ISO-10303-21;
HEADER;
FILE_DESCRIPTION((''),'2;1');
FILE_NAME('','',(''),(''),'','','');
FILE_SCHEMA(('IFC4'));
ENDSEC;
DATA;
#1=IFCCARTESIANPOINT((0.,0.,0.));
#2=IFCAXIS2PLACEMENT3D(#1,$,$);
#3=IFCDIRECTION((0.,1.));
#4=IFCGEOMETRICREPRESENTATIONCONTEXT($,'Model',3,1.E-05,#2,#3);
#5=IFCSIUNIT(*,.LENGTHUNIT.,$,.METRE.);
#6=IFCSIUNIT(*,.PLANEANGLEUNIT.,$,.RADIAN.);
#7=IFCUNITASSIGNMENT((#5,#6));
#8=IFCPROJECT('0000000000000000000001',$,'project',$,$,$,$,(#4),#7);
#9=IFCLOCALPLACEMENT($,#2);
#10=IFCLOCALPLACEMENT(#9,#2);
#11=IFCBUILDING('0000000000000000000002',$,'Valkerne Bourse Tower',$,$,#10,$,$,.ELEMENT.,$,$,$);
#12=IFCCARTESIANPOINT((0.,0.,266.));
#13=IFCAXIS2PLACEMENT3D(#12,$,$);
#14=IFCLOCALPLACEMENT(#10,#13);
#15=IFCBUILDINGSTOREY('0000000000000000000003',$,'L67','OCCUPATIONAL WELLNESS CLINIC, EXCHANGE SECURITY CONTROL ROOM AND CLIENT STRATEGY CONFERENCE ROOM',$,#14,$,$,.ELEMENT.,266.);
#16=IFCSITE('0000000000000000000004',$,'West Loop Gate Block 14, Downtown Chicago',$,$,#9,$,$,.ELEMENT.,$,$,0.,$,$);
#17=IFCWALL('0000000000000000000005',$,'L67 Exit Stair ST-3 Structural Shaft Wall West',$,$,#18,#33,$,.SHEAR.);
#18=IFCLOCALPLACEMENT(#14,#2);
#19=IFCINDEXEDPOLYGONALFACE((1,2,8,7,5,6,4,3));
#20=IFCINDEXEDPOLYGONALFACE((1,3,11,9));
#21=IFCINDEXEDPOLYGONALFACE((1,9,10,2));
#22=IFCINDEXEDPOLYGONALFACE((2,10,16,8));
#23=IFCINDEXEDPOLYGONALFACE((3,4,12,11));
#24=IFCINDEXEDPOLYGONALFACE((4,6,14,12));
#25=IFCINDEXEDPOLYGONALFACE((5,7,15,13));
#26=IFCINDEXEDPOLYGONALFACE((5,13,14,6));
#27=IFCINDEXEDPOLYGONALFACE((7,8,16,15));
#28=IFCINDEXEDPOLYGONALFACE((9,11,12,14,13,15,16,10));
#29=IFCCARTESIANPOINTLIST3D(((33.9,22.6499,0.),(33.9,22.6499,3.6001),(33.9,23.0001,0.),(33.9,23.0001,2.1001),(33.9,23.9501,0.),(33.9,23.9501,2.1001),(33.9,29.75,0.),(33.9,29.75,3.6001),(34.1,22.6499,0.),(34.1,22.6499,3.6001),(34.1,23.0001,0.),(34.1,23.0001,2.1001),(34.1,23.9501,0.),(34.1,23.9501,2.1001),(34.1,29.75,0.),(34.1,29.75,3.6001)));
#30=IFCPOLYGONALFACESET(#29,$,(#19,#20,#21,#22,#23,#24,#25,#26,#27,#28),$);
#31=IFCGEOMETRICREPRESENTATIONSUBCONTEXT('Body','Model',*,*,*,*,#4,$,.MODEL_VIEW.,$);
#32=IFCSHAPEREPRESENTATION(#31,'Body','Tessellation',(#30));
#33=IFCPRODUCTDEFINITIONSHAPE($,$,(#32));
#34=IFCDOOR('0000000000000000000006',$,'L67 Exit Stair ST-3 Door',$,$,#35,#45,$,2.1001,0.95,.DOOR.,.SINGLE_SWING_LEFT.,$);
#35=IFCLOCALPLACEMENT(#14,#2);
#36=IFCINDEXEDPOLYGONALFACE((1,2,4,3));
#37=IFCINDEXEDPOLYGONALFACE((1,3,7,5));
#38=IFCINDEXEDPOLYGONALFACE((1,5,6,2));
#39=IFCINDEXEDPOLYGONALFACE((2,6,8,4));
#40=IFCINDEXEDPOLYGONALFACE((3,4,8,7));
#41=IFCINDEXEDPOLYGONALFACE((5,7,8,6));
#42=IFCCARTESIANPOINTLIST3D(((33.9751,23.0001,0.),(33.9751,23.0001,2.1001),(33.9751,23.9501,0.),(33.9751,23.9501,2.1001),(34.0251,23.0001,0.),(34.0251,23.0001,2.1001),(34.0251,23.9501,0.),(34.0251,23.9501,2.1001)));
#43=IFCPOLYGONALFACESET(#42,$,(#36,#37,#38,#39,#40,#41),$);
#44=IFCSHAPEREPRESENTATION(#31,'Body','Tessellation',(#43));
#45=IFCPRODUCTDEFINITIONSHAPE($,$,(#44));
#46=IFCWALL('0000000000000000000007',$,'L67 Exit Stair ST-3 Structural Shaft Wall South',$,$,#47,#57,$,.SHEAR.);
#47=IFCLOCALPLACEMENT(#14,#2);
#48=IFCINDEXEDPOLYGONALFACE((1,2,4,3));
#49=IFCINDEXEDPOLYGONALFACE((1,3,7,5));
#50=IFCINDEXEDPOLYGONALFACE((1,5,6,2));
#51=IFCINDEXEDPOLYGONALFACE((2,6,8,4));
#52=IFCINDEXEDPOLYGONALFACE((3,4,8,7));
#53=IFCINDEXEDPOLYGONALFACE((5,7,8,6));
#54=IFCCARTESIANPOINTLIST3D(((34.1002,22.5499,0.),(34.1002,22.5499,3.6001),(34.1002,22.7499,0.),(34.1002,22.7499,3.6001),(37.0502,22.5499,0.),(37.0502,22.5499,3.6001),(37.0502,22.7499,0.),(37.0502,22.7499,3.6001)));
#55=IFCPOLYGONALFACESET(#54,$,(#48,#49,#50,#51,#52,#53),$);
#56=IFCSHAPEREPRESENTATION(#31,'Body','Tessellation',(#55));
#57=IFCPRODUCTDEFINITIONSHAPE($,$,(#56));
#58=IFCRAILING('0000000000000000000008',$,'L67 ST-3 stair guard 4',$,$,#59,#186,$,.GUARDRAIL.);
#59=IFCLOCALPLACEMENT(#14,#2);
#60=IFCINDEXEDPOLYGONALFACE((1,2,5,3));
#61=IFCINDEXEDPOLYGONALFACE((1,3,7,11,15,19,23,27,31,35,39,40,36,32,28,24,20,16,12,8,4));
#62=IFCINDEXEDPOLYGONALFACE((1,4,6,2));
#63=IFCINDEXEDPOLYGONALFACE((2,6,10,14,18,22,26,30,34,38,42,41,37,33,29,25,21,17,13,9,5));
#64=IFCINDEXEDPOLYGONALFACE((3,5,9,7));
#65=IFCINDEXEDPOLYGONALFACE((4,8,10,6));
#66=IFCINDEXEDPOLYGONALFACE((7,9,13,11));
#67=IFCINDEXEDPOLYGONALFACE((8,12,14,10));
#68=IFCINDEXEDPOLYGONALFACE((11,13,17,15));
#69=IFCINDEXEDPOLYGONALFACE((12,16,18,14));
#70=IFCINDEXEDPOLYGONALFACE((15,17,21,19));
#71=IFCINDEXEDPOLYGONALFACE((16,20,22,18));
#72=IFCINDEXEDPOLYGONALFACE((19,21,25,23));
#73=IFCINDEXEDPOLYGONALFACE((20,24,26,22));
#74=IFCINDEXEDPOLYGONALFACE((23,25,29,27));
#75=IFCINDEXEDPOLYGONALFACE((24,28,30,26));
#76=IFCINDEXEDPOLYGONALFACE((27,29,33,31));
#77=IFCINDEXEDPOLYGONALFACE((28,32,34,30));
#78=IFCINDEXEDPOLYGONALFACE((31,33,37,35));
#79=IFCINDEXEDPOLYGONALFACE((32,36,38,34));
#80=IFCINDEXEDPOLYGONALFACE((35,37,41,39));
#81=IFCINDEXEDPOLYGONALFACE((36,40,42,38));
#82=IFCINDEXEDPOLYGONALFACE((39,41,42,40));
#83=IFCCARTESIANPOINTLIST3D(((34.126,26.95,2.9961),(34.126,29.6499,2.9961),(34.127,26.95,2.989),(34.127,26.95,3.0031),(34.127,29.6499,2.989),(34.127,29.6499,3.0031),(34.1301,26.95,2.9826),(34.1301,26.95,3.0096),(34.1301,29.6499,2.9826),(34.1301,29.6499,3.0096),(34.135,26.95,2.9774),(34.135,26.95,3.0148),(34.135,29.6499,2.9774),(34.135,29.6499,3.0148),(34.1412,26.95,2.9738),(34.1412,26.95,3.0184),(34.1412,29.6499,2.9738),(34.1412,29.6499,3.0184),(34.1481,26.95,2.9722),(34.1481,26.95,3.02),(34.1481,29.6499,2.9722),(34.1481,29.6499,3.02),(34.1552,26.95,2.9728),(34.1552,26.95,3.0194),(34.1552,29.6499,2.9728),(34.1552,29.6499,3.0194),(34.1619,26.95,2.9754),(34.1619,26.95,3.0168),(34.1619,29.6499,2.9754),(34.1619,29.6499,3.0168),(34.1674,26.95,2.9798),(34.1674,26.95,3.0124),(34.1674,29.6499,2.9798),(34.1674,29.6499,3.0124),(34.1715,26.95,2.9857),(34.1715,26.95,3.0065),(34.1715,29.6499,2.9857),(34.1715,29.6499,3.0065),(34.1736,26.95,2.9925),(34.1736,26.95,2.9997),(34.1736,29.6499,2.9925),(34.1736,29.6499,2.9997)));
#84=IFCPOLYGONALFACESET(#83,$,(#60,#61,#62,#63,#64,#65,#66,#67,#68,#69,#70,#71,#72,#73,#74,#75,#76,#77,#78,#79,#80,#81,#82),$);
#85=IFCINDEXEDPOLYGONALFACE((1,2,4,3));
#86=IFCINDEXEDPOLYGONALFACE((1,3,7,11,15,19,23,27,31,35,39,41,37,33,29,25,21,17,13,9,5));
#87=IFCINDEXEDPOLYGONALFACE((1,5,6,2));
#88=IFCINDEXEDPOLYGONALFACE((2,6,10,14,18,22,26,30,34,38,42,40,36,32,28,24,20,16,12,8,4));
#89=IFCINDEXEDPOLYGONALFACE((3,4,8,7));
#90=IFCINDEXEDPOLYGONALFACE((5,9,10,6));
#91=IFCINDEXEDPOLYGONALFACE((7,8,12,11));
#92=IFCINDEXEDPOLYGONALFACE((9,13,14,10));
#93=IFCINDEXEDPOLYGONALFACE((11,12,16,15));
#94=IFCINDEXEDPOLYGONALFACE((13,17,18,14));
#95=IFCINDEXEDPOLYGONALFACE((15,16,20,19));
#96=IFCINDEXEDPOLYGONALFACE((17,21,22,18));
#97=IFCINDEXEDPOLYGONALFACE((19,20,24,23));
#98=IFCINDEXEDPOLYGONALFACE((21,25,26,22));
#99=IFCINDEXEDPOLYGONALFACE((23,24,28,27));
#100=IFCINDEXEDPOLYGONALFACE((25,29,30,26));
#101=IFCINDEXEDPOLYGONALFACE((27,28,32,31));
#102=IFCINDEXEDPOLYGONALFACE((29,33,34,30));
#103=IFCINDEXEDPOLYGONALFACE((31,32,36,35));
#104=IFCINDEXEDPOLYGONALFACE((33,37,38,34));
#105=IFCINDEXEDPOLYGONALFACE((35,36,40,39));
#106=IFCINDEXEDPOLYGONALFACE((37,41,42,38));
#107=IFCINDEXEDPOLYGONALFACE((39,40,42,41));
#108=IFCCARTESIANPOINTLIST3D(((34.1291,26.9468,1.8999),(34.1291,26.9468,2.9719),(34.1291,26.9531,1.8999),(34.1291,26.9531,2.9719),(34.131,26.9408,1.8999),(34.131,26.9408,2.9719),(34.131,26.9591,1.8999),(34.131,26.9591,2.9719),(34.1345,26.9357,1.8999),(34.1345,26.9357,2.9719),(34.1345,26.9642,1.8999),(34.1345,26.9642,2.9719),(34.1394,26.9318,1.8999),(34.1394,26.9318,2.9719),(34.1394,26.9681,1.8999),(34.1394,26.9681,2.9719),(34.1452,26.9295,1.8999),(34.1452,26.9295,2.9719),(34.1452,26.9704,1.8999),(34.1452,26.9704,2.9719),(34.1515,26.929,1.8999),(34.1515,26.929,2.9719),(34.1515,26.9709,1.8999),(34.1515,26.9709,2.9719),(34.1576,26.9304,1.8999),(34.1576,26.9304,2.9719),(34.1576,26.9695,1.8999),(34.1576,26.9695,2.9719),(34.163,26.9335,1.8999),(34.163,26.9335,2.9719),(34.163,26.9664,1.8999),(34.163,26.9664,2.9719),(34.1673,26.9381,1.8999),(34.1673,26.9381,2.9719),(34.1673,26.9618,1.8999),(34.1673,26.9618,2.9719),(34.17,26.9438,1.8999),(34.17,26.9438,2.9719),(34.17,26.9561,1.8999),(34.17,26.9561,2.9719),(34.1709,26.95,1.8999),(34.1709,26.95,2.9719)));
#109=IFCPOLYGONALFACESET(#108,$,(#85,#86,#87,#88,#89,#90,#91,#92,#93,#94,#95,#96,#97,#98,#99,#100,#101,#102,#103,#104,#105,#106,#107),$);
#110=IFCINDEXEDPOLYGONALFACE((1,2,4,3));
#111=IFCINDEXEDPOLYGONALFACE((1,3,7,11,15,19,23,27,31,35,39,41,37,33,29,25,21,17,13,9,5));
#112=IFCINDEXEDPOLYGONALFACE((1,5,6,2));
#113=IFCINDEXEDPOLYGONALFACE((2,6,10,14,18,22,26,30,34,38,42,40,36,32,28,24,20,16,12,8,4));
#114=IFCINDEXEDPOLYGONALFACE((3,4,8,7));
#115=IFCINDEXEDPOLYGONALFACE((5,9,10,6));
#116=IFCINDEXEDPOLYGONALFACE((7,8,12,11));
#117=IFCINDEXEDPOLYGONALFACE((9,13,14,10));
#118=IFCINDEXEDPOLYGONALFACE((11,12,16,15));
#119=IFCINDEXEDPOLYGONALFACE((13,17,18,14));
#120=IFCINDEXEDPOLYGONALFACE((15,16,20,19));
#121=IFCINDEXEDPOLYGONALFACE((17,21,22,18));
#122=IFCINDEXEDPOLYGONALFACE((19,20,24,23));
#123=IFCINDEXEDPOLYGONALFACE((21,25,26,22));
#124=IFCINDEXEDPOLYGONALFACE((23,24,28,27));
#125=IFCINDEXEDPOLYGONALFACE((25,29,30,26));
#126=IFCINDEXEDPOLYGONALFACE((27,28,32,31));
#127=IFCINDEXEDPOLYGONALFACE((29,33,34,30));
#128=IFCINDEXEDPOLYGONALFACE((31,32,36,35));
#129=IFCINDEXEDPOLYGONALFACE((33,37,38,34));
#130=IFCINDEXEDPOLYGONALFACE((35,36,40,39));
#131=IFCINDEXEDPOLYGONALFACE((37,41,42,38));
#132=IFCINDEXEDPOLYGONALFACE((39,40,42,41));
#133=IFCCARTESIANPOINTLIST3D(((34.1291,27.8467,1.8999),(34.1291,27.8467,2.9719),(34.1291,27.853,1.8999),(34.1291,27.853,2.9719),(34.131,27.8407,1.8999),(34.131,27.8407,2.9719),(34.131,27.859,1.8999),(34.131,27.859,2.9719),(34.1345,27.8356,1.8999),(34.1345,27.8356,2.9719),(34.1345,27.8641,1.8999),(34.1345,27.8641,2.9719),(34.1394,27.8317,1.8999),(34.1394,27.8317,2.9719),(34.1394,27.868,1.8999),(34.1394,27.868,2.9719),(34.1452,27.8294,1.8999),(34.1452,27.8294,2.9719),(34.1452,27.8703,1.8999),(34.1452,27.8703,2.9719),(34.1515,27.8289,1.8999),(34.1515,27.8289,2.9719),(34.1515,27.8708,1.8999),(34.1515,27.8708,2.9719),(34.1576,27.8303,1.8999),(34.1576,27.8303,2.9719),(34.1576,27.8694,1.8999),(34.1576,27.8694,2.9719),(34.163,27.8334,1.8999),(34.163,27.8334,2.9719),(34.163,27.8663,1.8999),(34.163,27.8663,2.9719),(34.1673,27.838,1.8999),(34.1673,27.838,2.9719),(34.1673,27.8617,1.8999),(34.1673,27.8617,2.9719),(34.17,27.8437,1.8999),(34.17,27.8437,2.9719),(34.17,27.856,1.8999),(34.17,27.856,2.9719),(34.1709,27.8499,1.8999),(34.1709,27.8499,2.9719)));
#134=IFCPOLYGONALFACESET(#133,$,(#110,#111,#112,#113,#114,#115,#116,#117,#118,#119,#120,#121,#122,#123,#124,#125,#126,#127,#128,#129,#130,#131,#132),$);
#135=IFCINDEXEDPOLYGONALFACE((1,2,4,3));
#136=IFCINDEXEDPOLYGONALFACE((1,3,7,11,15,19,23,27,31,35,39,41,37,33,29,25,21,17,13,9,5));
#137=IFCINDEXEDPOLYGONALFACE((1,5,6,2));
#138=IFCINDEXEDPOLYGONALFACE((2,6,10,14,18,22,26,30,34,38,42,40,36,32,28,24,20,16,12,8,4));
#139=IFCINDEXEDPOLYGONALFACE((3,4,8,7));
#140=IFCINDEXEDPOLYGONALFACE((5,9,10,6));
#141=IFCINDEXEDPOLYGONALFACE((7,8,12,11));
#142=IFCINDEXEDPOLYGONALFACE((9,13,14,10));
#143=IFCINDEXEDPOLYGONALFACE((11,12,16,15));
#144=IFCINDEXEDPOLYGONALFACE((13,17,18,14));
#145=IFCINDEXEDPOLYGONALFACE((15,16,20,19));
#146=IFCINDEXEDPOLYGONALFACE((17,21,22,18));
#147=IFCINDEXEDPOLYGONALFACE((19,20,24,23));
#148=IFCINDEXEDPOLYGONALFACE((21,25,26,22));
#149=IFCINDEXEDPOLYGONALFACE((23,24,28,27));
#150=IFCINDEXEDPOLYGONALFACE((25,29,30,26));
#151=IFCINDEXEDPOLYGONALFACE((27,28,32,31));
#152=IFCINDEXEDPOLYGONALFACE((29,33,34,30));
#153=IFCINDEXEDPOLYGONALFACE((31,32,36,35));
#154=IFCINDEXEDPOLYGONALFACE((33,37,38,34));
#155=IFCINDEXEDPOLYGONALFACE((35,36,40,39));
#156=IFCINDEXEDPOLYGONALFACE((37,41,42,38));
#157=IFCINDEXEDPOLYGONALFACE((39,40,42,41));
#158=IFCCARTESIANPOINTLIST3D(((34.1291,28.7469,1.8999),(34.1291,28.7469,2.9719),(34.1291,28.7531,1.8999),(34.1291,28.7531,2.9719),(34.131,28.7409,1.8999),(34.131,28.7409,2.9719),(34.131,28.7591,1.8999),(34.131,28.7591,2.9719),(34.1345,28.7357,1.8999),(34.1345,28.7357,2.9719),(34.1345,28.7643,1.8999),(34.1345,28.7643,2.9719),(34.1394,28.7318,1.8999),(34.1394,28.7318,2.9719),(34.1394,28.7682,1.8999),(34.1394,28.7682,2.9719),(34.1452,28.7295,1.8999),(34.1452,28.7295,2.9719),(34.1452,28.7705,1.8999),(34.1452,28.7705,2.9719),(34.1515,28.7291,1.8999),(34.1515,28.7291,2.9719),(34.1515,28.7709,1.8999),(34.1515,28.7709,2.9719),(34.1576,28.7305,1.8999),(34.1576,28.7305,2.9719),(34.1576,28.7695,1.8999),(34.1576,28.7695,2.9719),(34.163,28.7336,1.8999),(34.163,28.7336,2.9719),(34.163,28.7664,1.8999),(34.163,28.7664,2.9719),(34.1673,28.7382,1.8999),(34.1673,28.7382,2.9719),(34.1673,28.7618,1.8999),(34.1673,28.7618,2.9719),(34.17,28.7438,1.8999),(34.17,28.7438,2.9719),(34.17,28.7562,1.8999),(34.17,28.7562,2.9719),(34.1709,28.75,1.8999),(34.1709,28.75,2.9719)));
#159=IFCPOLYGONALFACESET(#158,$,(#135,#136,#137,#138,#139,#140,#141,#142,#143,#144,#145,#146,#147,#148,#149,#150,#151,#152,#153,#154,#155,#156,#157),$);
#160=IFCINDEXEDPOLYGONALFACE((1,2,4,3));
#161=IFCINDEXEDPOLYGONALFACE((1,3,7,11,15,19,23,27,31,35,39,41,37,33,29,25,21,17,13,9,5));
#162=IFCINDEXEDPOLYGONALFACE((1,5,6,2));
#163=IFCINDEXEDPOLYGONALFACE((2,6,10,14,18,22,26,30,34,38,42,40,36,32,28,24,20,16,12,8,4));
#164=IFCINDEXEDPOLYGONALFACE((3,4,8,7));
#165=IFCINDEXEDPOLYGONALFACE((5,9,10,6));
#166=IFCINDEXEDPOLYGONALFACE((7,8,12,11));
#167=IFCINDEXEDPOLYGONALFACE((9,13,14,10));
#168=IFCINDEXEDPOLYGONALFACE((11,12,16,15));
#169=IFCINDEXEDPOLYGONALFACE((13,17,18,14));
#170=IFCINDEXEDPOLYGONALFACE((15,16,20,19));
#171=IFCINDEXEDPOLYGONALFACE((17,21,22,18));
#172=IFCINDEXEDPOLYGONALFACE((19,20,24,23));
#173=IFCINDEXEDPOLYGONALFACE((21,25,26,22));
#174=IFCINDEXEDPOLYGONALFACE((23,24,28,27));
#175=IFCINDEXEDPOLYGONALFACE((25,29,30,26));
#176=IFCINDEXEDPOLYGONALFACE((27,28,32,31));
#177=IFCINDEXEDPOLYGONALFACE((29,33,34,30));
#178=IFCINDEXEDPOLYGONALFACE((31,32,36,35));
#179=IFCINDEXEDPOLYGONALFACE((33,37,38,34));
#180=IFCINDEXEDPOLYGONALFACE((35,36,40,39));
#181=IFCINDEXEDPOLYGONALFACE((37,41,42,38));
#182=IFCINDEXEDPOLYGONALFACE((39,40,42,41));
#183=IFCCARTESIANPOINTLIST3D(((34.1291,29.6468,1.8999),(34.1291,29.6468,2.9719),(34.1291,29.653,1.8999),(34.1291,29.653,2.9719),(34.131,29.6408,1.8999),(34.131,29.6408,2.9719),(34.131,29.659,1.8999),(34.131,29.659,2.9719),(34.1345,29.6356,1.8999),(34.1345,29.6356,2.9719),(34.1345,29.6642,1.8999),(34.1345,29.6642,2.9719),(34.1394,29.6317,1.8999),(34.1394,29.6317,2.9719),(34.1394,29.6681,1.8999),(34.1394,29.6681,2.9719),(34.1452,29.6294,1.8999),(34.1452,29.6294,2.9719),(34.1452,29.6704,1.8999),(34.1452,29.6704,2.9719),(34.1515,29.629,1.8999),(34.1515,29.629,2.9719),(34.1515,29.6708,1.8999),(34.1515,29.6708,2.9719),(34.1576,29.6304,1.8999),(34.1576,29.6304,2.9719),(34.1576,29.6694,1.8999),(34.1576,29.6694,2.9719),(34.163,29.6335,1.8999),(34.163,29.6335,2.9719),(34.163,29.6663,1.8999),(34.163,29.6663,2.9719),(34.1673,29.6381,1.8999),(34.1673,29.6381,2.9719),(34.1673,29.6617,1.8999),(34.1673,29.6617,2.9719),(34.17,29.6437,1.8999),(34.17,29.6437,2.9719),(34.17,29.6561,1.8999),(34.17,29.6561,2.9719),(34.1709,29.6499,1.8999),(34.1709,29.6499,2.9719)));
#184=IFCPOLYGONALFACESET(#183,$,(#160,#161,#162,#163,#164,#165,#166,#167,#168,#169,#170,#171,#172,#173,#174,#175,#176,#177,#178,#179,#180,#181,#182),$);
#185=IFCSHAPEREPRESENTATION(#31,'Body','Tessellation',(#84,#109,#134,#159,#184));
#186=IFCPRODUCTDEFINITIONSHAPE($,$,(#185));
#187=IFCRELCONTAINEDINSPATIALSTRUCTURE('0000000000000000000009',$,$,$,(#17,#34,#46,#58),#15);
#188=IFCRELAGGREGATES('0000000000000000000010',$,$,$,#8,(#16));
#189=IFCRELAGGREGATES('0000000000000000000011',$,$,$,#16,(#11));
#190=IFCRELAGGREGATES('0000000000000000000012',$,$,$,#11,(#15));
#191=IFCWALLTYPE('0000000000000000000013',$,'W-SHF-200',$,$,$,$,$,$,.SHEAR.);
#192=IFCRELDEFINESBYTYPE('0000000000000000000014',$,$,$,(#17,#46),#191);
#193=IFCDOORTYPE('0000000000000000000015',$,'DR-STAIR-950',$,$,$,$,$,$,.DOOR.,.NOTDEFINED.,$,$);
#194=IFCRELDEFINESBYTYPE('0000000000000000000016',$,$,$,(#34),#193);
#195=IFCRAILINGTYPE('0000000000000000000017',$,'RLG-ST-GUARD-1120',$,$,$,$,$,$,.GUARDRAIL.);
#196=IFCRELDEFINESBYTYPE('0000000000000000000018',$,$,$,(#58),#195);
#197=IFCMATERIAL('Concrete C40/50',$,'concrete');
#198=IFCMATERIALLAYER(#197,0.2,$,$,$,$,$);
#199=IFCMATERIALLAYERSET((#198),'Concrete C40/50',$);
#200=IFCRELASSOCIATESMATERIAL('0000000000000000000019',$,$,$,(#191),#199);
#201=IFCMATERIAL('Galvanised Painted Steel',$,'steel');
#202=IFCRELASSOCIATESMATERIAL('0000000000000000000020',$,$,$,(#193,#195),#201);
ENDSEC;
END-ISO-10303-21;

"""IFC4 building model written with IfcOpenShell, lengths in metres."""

from ifc_helpers import new_model, si_unit, direction, frame, frame_2d, origin, origin_2d, place, context, subcontext, project, spatial, rectangle, circle, extrude, material, layer, layer_set, type_object, element, fill, save


model = new_model("IFC4")

# Units and contexts
model_context = context("Model", 3, precision=1e-05, world=origin(), true_north=direction((0.0, 1.0)))
body_context = subcontext(model_context, "Body", "Model", "MODEL_VIEW")
ifc_project = project(units=[si_unit("LENGTHUNIT", "METRE"), si_unit("PLANEANGLEUNIT", "RADIAN")], contexts=[model_context])

# Site, building, storey
site_placement = place(None, origin())
site = spatial("IfcSite", under=ifc_project, at=site_placement, Name="West Loop Gate Block 14, Downtown Chicago", CompositionType="ELEMENT", RefElevation=0.0)
building_placement = place(site_placement, origin())
building = spatial("IfcBuilding", under=site, at=building_placement, Name="Valkerne Bourse Tower", CompositionType="ELEMENT")
storey_placement = place(building_placement, frame((0.0, 0.0, 266.0)))
storey = spatial("IfcBuildingStorey", under=building, at=storey_placement, Name="L67", Description="OCCUPATIONAL WELLNESS CLINIC, EXCHANGE SECURITY CONTROL ROOM AND CLIENT STRATEGY CONFERENCE ROOM", CompositionType="ELEMENT", Elevation=266.0)

# Wall, opening, door
ifc_material_1 = material(Name="Concrete C40/50", Category="concrete")
ifc_layer_1 = layer(ifc_material_1, 0.2)
ifc_layer_set_1 = layer_set([ifc_layer_1], Name="Concrete C40/50")
wall_type_1 = type_object("IfcWallType", Name="W-SHF-200", PredefinedType="SHEAR", material=ifc_layer_set_1)
wall_1_placement = place(storey_placement, frame((34.0, 22.6499, 0.0), z_axis=(0.0, 0.0, 1.0), x_axis=(0.0, 1.0, 0.0)))
wall_1 = element("IfcWall", 1, at=wall_1_placement, inside=storey, type_object=wall_type_1, Name="L67 Exit Stair ST-3 Structural Shaft Wall West", PredefinedType="SHEAR", context=body_context, shape_type="SweptSolid", body=[
    extrude(rectangle(XDim=7.1001, YDim=0.2, at=frame_2d((3.55, 0.0))), origin(), (0.0, 0.0, 1.0), 3.6001),
])
opening_1_placement = place(wall_1_placement, frame((0.3501, 0.0, 0.0)))
opening_1 = element("IfcOpeningElement", 2, at=opening_1_placement, cuts=wall_1, PredefinedType="OPENING", context=body_context, shape_type="SweptSolid", body=[
    extrude(rectangle(XDim=0.95, YDim=2.1001, at=frame_2d((0.4751, 1.05))), frame((0.0, 0.1099, 0.0), z_axis=(0.0, -1.0, 0.0), x_axis=(1.0, 0.0, 0.0)), (0.0, 0.0, 1.0), 0.22),
])
ifc_material_2 = material(Name="Galvanised Painted Steel", Category="steel")
door_type_1 = type_object("IfcDoorType", Name="DR-STAIR-950", OperationType="NOTDEFINED", PredefinedType="DOOR", material=ifc_material_2)
door_1_placement = place(opening_1_placement, origin())
door_1 = element("IfcDoor", 3, at=door_1_placement, inside=storey, type_object=door_type_1, Name="L67 Exit Stair ST-3 Door", OperationType="SINGLE_SWING_LEFT", OverallHeight=2.1001, OverallWidth=0.95, PredefinedType="DOOR", context=body_context, shape_type="SweptSolid", body=[
    extrude(rectangle(XDim=0.95, YDim=2.1001, at=frame_2d((0.4751, 1.05))), frame((0.0, 0.0249, 0.0), z_axis=(0.0, -1.0, 0.0), x_axis=(1.0, 0.0, 0.0)), (0.0, 0.0, 1.0), 0.05),
])
fill(opening_1, door_1)

# Wall
wall_2_placement = place(storey_placement, frame((34.1001, 22.6499, 0.0), z_axis=(0.0, 0.0, 1.0), x_axis=(1.0, 0.0, 0.0)))
element("IfcWall", 4, at=wall_2_placement, inside=storey, type_object=wall_type_1, Name="L67 Exit Stair ST-3 Structural Shaft Wall South", PredefinedType="SHEAR", context=body_context, shape_type="SweptSolid", body=[
    extrude(rectangle(XDim=2.95, YDim=0.2, at=frame_2d((1.4751, 0.0))), origin(), (0.0, 0.0, 1.0), 3.6001),
])

# Railing
railing_type_1 = type_object("IfcRailingType", Name="RLG-ST-GUARD-1120", PredefinedType="GUARDRAIL", material=ifc_material_2)
railing_1_placement = place(storey_placement, frame((34.1499, 26.95, 1.8999)))
element("IfcRailing", 5, at=railing_1_placement, inside=storey, type_object=railing_type_1, Name="L67 ST-3 stair guard 4", PredefinedType="GUARDRAIL", context=body_context, shape_type="SweptSolid", body=[
    extrude(circle(Radius=0.0239, at=origin_2d()), frame((0.0, 0.0, 1.0962), z_axis=(0.0, 1.0, 0.0), x_axis=(-1.0, 0.0, 0.0)), (0.0, 0.0, 1.0), 2.7),
    extrude(circle(Radius=0.021, at=origin_2d()), origin(), (0.0, 0.0, 1.0), 1.072),
    extrude(circle(Radius=0.021, at=origin_2d()), frame((0.0, 0.8999, 0.0)), (0.0, 0.0, 1.0), 1.072),
    extrude(circle(Radius=0.021, at=origin_2d()), frame((0.0, 1.8, 0.0)), (0.0, 0.0, 1.0), 1.072),
    extrude(circle(Radius=0.021, at=origin_2d()), frame((0.0, 2.7, 0.0)), (0.0, 0.0, 1.0), 1.072),
])

save(model, "model.ifc")
